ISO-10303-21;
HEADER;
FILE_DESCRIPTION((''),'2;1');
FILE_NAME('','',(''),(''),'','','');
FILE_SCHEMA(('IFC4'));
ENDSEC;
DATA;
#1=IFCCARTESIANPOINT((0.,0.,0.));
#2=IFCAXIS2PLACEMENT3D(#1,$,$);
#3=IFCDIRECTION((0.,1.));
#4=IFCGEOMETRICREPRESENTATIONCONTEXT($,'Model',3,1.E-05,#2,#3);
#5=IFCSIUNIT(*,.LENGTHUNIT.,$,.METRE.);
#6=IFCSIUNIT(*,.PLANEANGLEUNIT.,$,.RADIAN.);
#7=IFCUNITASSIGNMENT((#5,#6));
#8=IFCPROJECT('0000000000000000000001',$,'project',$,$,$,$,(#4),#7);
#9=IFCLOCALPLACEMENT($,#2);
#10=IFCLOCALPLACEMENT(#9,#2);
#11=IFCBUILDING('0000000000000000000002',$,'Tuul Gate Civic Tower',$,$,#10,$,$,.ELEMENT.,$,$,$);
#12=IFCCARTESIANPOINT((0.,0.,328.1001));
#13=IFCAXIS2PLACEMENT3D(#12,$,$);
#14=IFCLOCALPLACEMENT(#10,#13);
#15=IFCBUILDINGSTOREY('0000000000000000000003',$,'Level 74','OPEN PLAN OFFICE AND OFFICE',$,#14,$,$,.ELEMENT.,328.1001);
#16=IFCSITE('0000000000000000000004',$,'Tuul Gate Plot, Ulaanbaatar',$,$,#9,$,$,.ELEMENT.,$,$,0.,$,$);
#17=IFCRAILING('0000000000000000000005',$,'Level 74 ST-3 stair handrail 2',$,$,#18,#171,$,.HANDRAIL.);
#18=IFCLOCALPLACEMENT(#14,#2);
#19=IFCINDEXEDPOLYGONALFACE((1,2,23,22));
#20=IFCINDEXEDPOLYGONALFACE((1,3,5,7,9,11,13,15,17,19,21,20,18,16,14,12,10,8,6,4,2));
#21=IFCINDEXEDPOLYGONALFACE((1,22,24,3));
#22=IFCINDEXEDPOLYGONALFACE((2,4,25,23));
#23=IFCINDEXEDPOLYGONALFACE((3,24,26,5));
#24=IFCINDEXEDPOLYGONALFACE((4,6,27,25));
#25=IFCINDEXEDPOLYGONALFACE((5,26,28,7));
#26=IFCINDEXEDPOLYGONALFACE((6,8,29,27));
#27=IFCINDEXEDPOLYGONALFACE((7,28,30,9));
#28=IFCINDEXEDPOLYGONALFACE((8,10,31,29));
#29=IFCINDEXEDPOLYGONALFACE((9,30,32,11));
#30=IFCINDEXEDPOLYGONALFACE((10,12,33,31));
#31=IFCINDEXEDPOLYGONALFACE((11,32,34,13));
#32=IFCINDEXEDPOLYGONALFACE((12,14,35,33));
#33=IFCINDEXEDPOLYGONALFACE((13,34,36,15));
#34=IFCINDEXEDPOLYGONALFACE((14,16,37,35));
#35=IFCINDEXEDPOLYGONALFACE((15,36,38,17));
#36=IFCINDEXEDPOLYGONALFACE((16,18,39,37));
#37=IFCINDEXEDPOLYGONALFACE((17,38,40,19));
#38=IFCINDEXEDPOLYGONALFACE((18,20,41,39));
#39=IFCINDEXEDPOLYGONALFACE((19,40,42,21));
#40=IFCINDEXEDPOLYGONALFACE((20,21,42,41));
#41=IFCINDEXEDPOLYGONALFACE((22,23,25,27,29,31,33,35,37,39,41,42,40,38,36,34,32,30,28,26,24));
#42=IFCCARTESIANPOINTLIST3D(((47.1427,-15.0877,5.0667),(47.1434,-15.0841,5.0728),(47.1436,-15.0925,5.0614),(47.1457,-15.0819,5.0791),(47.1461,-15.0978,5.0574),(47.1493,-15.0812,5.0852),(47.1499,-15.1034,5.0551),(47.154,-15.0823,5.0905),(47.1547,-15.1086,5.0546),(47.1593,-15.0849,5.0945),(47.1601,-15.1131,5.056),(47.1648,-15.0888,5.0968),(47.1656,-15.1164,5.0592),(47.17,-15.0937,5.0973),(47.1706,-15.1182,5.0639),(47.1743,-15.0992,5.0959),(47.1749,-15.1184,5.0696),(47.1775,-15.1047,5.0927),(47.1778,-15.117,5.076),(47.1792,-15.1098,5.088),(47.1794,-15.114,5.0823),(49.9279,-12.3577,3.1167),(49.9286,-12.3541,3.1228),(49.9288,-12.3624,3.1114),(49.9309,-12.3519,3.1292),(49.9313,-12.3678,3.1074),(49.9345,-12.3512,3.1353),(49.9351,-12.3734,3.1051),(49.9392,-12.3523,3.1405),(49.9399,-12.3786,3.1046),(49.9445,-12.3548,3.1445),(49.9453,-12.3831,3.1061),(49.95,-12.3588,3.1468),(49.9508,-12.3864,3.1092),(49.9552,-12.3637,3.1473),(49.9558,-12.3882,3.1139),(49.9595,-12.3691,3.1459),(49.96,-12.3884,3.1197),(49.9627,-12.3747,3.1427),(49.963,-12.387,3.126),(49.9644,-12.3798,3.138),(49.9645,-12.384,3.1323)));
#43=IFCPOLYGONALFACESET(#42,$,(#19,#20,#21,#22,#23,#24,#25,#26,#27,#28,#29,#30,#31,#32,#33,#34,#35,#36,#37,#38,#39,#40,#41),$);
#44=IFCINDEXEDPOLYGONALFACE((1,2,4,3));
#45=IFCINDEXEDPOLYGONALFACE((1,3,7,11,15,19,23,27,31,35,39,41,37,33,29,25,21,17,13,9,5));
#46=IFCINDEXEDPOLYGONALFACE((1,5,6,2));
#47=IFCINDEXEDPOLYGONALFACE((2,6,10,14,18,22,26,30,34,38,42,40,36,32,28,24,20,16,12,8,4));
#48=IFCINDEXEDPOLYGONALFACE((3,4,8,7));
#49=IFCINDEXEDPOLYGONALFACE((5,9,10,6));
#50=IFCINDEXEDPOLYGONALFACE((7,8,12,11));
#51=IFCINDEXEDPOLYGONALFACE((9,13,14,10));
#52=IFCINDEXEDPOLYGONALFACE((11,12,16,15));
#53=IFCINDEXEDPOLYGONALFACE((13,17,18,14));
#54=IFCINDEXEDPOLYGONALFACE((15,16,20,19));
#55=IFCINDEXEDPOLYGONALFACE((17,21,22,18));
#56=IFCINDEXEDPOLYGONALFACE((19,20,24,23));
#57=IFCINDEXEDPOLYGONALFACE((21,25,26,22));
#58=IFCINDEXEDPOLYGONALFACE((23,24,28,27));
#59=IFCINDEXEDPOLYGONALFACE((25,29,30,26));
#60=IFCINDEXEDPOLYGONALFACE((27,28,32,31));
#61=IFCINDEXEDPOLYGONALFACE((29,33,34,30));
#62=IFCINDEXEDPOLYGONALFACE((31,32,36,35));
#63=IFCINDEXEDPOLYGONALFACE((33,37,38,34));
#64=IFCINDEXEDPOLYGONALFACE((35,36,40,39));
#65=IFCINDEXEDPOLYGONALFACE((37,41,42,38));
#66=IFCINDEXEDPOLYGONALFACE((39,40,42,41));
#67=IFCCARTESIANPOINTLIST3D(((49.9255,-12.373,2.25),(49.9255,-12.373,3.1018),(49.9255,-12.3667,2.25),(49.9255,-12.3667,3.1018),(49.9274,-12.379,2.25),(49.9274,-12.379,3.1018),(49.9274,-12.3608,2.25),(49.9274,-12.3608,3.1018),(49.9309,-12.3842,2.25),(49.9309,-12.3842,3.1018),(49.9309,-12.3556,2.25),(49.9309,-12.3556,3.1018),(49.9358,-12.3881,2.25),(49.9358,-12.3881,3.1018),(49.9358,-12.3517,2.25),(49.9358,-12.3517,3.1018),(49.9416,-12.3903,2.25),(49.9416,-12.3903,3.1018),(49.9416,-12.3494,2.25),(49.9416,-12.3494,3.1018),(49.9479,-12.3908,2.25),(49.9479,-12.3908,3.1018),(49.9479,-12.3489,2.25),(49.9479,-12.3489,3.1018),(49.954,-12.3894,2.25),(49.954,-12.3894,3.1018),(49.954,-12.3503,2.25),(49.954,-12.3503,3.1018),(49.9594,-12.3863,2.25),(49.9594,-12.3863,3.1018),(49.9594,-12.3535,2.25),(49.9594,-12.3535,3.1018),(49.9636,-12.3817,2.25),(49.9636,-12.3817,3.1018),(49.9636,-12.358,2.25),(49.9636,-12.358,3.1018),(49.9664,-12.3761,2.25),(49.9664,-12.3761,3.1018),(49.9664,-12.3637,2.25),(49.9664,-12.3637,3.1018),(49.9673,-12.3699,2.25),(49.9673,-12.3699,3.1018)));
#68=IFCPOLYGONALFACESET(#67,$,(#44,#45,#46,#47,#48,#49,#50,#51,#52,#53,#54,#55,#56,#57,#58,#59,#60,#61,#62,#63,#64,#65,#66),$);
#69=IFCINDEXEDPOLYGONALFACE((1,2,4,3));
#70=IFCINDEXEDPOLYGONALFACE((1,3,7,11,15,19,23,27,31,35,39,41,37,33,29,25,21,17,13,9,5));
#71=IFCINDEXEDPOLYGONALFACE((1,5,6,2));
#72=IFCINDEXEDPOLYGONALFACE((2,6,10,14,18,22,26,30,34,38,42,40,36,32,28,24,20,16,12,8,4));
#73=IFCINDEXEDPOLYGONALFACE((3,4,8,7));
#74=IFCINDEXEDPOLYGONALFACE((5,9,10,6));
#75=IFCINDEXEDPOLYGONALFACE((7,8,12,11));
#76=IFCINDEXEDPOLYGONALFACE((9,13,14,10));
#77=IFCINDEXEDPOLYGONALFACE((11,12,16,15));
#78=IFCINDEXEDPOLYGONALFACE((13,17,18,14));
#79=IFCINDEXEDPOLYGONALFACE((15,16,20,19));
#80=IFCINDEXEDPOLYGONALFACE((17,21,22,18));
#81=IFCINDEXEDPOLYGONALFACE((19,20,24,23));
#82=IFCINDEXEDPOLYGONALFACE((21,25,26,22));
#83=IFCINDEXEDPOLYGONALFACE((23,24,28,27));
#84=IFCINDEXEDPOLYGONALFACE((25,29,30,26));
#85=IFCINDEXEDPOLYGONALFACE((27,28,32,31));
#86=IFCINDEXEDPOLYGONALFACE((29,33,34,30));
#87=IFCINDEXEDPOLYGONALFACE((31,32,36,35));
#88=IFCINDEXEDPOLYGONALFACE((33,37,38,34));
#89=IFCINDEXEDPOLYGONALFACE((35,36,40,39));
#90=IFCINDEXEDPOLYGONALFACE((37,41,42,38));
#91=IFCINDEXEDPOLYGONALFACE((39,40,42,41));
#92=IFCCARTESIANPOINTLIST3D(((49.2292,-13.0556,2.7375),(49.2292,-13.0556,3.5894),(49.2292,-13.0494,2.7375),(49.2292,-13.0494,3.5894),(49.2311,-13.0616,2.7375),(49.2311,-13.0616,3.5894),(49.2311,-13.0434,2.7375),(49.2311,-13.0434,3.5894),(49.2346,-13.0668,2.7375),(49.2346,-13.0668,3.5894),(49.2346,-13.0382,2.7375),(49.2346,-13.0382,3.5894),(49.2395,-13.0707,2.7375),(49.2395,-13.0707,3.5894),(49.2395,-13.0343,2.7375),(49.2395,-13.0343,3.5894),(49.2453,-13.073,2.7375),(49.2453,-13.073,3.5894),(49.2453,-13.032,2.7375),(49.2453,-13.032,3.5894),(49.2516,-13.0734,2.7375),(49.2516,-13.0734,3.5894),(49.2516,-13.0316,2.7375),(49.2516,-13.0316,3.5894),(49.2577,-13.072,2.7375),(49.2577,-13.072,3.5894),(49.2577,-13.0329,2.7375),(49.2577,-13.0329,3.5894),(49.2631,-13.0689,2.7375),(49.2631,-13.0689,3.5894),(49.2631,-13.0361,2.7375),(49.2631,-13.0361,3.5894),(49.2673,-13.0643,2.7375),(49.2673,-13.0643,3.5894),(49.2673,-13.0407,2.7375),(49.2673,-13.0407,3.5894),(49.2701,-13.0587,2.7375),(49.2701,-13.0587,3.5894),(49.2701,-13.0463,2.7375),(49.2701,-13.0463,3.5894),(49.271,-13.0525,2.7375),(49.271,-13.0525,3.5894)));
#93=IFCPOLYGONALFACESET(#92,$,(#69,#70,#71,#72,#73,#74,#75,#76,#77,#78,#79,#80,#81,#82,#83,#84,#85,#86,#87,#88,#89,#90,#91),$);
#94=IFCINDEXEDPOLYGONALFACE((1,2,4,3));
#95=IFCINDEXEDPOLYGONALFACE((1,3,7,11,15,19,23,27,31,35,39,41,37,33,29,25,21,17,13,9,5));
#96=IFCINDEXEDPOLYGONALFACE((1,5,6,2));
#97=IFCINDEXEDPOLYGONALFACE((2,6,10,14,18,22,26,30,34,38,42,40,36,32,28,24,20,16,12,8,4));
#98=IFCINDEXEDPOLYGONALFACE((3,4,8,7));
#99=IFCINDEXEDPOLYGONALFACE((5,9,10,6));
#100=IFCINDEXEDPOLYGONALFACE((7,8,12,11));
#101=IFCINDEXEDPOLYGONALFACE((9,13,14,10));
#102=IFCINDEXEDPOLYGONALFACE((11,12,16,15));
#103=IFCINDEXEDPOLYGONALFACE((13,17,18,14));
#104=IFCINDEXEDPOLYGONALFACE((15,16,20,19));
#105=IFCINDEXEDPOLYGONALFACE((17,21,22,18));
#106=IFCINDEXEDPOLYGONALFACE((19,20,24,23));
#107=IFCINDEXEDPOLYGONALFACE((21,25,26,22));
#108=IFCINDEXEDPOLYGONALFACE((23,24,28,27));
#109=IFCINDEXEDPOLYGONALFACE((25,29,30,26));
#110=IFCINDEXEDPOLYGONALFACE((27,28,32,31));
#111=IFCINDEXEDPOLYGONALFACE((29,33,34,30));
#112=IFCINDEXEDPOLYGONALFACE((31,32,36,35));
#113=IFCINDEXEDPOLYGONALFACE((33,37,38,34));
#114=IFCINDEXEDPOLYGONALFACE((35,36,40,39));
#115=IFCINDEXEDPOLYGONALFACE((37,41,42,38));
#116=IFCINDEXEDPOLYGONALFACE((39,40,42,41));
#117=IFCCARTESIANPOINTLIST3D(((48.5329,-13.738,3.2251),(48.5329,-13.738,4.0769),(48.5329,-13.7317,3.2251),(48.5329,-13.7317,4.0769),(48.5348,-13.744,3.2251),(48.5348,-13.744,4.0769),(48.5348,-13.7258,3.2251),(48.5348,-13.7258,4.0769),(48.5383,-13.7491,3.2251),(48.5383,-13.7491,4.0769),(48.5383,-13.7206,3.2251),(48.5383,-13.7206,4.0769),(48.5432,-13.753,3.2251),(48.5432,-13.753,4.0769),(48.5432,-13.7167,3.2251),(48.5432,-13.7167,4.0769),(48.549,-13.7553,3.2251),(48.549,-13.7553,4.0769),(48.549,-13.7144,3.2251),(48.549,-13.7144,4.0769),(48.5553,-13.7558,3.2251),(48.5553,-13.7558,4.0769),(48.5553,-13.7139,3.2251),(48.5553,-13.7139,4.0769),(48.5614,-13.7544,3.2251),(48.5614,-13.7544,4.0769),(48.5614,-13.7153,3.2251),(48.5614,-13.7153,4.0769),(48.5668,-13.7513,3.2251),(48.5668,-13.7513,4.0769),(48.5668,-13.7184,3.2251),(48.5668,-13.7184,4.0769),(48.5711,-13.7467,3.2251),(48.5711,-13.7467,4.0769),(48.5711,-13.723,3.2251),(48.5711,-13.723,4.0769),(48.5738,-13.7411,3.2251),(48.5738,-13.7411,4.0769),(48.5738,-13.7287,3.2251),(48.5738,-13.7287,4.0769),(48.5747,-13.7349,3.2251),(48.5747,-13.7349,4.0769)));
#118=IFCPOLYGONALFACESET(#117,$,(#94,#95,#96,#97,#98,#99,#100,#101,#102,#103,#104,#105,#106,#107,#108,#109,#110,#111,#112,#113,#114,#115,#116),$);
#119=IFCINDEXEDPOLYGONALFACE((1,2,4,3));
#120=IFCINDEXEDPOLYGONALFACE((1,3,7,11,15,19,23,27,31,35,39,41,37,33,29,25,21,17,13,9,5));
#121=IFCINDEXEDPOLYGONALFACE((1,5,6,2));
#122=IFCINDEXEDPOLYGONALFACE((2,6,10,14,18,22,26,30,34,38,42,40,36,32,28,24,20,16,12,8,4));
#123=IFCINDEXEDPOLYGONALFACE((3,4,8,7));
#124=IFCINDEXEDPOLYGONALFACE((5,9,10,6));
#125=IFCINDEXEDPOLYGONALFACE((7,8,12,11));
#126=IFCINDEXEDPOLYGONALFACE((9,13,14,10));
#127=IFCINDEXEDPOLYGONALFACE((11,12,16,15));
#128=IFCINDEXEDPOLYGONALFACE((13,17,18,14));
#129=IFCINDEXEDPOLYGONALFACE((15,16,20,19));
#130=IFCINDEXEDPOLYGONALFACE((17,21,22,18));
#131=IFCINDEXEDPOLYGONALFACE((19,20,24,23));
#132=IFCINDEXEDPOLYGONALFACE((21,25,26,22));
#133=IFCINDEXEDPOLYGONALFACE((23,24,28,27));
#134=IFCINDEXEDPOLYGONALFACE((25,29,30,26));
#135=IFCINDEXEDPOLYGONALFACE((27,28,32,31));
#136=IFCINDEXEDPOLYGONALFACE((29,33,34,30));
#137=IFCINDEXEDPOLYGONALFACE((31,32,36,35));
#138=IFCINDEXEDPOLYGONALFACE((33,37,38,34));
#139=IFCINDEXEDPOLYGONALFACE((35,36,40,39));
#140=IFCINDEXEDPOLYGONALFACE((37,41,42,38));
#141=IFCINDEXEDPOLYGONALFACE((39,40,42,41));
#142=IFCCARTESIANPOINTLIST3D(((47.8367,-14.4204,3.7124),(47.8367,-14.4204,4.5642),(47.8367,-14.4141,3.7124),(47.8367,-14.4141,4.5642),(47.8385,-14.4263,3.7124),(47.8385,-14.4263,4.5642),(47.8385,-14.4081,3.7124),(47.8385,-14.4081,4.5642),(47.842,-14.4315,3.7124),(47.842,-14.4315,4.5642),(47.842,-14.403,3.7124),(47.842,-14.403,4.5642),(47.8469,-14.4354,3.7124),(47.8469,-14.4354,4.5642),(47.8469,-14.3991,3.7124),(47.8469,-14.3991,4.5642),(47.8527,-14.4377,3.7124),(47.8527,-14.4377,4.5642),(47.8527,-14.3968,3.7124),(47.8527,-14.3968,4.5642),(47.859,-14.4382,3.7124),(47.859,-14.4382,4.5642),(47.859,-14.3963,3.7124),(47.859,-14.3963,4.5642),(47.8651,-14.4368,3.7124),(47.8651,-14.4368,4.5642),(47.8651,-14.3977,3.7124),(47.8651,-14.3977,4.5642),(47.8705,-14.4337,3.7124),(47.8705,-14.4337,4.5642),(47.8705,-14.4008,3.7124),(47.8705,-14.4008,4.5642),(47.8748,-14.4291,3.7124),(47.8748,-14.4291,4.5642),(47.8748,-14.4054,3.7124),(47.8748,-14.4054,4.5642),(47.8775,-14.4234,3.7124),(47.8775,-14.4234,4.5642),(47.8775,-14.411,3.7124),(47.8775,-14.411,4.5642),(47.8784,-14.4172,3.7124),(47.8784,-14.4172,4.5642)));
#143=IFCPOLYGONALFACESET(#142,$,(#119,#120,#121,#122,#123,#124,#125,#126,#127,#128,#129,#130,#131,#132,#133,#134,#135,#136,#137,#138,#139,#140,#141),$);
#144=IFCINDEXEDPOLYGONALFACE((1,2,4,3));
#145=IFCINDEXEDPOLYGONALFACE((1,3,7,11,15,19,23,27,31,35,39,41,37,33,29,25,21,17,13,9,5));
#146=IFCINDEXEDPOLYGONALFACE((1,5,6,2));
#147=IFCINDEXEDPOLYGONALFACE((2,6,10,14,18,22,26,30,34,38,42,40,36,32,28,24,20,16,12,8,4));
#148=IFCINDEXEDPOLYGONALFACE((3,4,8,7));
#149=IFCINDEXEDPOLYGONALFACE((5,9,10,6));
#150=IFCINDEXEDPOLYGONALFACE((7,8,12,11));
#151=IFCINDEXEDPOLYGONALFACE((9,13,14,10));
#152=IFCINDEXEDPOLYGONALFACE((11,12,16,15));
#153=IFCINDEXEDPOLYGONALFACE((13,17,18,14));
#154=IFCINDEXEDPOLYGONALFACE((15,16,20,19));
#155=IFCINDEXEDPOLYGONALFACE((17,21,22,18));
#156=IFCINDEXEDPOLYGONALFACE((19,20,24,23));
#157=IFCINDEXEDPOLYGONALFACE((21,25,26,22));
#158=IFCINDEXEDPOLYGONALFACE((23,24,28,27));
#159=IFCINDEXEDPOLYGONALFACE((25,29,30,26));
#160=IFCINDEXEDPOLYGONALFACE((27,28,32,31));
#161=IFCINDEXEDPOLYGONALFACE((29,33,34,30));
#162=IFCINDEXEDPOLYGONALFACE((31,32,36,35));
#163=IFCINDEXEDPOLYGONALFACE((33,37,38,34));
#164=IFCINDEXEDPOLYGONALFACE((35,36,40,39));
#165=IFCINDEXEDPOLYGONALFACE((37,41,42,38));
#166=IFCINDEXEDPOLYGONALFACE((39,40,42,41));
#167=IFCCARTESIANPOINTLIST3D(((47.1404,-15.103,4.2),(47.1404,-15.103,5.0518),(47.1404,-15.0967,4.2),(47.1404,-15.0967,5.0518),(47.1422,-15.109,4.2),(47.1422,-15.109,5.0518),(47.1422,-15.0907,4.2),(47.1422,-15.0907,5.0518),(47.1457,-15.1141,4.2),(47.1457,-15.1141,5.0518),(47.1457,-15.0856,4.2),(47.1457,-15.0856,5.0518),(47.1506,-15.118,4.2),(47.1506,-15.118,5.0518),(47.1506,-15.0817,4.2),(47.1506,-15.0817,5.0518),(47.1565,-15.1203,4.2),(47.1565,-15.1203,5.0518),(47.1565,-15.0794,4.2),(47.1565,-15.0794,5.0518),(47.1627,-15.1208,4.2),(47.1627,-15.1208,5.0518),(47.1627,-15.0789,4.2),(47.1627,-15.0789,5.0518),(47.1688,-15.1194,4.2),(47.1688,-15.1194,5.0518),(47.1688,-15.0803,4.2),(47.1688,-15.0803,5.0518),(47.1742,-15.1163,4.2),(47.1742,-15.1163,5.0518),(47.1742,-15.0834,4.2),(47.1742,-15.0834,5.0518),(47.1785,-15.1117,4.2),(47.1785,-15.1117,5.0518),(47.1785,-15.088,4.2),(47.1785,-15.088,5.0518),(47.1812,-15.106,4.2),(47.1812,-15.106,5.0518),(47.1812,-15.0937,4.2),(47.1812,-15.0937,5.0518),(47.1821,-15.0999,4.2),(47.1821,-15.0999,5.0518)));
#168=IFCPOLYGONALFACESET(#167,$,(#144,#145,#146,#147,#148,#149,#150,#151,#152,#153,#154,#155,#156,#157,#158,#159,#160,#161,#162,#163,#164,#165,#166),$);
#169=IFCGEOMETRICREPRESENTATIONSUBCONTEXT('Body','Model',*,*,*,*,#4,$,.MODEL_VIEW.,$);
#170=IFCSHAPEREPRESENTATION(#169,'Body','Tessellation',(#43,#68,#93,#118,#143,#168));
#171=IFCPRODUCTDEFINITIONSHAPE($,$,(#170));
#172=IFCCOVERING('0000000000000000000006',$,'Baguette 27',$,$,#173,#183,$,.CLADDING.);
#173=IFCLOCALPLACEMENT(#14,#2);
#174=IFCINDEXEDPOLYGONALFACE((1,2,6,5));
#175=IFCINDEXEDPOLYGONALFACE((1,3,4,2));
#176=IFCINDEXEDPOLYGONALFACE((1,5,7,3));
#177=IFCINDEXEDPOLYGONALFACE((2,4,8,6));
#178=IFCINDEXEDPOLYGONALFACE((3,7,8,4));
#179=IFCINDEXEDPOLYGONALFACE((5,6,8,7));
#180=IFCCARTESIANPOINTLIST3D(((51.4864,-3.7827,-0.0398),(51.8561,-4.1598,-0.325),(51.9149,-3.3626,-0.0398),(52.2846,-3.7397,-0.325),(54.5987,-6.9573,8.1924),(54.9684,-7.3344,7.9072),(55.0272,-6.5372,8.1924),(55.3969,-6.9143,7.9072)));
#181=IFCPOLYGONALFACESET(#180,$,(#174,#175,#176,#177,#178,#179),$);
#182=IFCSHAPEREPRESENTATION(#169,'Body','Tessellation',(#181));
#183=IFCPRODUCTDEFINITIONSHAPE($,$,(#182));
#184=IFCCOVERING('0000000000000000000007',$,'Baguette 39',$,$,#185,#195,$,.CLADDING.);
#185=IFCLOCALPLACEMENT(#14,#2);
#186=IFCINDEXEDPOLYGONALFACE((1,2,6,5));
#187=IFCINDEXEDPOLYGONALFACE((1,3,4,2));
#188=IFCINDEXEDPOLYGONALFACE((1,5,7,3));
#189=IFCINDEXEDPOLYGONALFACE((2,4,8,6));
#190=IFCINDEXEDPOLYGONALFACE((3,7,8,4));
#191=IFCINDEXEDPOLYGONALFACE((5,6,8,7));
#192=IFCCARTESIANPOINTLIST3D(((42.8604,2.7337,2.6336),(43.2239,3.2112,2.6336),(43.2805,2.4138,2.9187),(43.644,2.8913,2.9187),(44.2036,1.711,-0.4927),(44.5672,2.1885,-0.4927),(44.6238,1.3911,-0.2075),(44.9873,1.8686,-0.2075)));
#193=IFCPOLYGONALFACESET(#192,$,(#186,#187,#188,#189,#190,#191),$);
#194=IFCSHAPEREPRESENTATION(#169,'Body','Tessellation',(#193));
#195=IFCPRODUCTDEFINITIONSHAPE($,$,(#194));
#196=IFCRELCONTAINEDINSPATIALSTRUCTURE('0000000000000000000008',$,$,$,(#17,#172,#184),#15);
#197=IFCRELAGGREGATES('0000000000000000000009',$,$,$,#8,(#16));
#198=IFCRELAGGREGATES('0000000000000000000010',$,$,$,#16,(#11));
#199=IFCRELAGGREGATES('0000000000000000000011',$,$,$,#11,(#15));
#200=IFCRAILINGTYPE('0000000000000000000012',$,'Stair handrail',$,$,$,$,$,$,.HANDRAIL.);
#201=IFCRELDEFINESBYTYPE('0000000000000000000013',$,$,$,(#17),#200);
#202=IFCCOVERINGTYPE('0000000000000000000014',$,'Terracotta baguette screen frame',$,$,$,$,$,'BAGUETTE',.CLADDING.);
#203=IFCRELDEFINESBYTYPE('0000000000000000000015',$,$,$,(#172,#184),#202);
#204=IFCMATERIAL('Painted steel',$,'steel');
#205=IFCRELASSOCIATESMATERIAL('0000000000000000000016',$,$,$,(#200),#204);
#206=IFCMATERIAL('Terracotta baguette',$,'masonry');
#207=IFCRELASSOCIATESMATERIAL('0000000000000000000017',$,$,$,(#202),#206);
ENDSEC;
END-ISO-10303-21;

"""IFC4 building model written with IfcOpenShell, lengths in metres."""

from ifc_helpers import new_model, si_unit, direction, frame, origin, origin_2d, place, context, subcontext, project, spatial, rectangle, circle, extrude, material, material_profile, profile_set, type_object, element, save


model = new_model("IFC4")

# Units and contexts
model_context = context("Model", 3, precision=1e-05, world=origin(), true_north=direction((0.0, 1.0)))
body_context = subcontext(model_context, "Body", "Model", "MODEL_VIEW")
ifc_project = project(units=[si_unit("LENGTHUNIT", "METRE"), si_unit("PLANEANGLEUNIT", "RADIAN")], contexts=[model_context])

# Site, building, storey
site_placement = place(None, origin())
site = spatial("IfcSite", under=ifc_project, at=site_placement, Name="Tuul Gate Plot, Ulaanbaatar", CompositionType="ELEMENT", RefElevation=0.0)
building_placement = place(site_placement, origin())
building = spatial("IfcBuilding", under=site, at=building_placement, Name="Tuul Gate Civic Tower", CompositionType="ELEMENT")
storey_placement = place(building_placement, frame((0.0, 0.0, 328.1001)))
storey = spatial("IfcBuildingStorey", under=building, at=storey_placement, Name="Level 74", Description="OPEN PLAN OFFICE AND OFFICE", CompositionType="ELEMENT", Elevation=328.1001)

# Railing
ifc_material_1 = material(Name="Painted steel", Category="steel")
railing_type = type_object("IfcRailingType", Name="Stair handrail", PredefinedType="HANDRAIL", material=ifc_material_1)
railing_placement = place(storey_placement, frame((49.9463, -12.3699, 2.25)))
element("IfcRailing", 1, at=railing_placement, inside=storey, type_object=railing_type, Name="Level 74 ST-3 stair handrail 2", PredefinedType="HANDRAIL", context=body_context, shape_type="SweptSolid", body=[
    extrude(circle(Radius=0.0239, at=origin_2d()), frame((0.0, 0.0, 0.876), z_axis=(-0.638754, -0.6261, 0.447206), x_axis=(0.699998, -0.714145, 0.0)), (0.0, 0.0, 1.0), 4.3604),
    extrude(circle(Radius=0.021, at=origin_2d()), origin(), (0.0, 0.0, 1.0), 0.8518),
    extrude(circle(Radius=0.021, at=origin_2d()), frame((-0.6963, -0.6826, 0.4875)), (0.0, 0.0, 1.0), 0.8518),
    extrude(circle(Radius=0.021, at=origin_2d()), frame((-1.3926, -1.365, 0.9751)), (0.0, 0.0, 1.0), 0.8518),
    extrude(circle(Radius=0.021, at=origin_2d()), frame((-2.0889, -2.0474, 1.4624)), (0.0, 0.0, 1.0), 0.8518),
    extrude(circle(Radius=0.021, at=origin_2d()), frame((-2.7852, -2.73, 1.95)), (0.0, 0.0, 1.0), 0.8518),
])

# Coverings
ifc_material_2 = material(Name="Terracotta baguette", Category="masonry")
ifc_material_profile_1 = material_profile(ifc_material_2, rectangle(XDim=0.6001, YDim=0.6001, at=origin_2d()), Name="Terracotta baguette screen frame")
ifc_profile_set_1 = profile_set([ifc_material_profile_1], Name="Terracotta baguette")
covering_type = type_object("IfcCoveringType", Name="Terracotta baguette screen frame", ElementType="BAGUETTE", PredefinedType="CLADDING", material=ifc_profile_set_1)
covering_1_placement = place(storey_placement, frame((54.9978, -6.9358, 8.0498), z_axis=(-0.332657, 0.339311, -0.879891), x_axis=(-0.714074, -0.70007, 0.0)))
element("IfcCovering", 2, at=covering_1_placement, inside=storey, type_object=covering_type, Name="Baguette 27", PredefinedType="CLADDING", context=body_context, shape_type="SweptSolid", body=[
    extrude(rectangle(XDim=0.6001, YDim=0.6001, at=origin_2d()), origin(), (0.0, 0.0, 1.0), 9.356),
])
covering_2_placement = place(storey_placement, frame((44.5955, 1.7898, -0.3501), z_axis=(-0.378068, 0.287846, 0.879892), x_axis=(-0.605769, -0.795641, 0.0)))
element("IfcCovering", 3, at=covering_2_placement, inside=storey, type_object=covering_type, Name="Baguette 39", PredefinedType="CLADDING", context=body_context, shape_type="SweptSolid", body=[
    extrude(rectangle(XDim=0.6001, YDim=0.6001, at=origin_2d()), origin(), (0.0, 0.0, 1.0), 3.553),
])

save(model, "model.ifc")
